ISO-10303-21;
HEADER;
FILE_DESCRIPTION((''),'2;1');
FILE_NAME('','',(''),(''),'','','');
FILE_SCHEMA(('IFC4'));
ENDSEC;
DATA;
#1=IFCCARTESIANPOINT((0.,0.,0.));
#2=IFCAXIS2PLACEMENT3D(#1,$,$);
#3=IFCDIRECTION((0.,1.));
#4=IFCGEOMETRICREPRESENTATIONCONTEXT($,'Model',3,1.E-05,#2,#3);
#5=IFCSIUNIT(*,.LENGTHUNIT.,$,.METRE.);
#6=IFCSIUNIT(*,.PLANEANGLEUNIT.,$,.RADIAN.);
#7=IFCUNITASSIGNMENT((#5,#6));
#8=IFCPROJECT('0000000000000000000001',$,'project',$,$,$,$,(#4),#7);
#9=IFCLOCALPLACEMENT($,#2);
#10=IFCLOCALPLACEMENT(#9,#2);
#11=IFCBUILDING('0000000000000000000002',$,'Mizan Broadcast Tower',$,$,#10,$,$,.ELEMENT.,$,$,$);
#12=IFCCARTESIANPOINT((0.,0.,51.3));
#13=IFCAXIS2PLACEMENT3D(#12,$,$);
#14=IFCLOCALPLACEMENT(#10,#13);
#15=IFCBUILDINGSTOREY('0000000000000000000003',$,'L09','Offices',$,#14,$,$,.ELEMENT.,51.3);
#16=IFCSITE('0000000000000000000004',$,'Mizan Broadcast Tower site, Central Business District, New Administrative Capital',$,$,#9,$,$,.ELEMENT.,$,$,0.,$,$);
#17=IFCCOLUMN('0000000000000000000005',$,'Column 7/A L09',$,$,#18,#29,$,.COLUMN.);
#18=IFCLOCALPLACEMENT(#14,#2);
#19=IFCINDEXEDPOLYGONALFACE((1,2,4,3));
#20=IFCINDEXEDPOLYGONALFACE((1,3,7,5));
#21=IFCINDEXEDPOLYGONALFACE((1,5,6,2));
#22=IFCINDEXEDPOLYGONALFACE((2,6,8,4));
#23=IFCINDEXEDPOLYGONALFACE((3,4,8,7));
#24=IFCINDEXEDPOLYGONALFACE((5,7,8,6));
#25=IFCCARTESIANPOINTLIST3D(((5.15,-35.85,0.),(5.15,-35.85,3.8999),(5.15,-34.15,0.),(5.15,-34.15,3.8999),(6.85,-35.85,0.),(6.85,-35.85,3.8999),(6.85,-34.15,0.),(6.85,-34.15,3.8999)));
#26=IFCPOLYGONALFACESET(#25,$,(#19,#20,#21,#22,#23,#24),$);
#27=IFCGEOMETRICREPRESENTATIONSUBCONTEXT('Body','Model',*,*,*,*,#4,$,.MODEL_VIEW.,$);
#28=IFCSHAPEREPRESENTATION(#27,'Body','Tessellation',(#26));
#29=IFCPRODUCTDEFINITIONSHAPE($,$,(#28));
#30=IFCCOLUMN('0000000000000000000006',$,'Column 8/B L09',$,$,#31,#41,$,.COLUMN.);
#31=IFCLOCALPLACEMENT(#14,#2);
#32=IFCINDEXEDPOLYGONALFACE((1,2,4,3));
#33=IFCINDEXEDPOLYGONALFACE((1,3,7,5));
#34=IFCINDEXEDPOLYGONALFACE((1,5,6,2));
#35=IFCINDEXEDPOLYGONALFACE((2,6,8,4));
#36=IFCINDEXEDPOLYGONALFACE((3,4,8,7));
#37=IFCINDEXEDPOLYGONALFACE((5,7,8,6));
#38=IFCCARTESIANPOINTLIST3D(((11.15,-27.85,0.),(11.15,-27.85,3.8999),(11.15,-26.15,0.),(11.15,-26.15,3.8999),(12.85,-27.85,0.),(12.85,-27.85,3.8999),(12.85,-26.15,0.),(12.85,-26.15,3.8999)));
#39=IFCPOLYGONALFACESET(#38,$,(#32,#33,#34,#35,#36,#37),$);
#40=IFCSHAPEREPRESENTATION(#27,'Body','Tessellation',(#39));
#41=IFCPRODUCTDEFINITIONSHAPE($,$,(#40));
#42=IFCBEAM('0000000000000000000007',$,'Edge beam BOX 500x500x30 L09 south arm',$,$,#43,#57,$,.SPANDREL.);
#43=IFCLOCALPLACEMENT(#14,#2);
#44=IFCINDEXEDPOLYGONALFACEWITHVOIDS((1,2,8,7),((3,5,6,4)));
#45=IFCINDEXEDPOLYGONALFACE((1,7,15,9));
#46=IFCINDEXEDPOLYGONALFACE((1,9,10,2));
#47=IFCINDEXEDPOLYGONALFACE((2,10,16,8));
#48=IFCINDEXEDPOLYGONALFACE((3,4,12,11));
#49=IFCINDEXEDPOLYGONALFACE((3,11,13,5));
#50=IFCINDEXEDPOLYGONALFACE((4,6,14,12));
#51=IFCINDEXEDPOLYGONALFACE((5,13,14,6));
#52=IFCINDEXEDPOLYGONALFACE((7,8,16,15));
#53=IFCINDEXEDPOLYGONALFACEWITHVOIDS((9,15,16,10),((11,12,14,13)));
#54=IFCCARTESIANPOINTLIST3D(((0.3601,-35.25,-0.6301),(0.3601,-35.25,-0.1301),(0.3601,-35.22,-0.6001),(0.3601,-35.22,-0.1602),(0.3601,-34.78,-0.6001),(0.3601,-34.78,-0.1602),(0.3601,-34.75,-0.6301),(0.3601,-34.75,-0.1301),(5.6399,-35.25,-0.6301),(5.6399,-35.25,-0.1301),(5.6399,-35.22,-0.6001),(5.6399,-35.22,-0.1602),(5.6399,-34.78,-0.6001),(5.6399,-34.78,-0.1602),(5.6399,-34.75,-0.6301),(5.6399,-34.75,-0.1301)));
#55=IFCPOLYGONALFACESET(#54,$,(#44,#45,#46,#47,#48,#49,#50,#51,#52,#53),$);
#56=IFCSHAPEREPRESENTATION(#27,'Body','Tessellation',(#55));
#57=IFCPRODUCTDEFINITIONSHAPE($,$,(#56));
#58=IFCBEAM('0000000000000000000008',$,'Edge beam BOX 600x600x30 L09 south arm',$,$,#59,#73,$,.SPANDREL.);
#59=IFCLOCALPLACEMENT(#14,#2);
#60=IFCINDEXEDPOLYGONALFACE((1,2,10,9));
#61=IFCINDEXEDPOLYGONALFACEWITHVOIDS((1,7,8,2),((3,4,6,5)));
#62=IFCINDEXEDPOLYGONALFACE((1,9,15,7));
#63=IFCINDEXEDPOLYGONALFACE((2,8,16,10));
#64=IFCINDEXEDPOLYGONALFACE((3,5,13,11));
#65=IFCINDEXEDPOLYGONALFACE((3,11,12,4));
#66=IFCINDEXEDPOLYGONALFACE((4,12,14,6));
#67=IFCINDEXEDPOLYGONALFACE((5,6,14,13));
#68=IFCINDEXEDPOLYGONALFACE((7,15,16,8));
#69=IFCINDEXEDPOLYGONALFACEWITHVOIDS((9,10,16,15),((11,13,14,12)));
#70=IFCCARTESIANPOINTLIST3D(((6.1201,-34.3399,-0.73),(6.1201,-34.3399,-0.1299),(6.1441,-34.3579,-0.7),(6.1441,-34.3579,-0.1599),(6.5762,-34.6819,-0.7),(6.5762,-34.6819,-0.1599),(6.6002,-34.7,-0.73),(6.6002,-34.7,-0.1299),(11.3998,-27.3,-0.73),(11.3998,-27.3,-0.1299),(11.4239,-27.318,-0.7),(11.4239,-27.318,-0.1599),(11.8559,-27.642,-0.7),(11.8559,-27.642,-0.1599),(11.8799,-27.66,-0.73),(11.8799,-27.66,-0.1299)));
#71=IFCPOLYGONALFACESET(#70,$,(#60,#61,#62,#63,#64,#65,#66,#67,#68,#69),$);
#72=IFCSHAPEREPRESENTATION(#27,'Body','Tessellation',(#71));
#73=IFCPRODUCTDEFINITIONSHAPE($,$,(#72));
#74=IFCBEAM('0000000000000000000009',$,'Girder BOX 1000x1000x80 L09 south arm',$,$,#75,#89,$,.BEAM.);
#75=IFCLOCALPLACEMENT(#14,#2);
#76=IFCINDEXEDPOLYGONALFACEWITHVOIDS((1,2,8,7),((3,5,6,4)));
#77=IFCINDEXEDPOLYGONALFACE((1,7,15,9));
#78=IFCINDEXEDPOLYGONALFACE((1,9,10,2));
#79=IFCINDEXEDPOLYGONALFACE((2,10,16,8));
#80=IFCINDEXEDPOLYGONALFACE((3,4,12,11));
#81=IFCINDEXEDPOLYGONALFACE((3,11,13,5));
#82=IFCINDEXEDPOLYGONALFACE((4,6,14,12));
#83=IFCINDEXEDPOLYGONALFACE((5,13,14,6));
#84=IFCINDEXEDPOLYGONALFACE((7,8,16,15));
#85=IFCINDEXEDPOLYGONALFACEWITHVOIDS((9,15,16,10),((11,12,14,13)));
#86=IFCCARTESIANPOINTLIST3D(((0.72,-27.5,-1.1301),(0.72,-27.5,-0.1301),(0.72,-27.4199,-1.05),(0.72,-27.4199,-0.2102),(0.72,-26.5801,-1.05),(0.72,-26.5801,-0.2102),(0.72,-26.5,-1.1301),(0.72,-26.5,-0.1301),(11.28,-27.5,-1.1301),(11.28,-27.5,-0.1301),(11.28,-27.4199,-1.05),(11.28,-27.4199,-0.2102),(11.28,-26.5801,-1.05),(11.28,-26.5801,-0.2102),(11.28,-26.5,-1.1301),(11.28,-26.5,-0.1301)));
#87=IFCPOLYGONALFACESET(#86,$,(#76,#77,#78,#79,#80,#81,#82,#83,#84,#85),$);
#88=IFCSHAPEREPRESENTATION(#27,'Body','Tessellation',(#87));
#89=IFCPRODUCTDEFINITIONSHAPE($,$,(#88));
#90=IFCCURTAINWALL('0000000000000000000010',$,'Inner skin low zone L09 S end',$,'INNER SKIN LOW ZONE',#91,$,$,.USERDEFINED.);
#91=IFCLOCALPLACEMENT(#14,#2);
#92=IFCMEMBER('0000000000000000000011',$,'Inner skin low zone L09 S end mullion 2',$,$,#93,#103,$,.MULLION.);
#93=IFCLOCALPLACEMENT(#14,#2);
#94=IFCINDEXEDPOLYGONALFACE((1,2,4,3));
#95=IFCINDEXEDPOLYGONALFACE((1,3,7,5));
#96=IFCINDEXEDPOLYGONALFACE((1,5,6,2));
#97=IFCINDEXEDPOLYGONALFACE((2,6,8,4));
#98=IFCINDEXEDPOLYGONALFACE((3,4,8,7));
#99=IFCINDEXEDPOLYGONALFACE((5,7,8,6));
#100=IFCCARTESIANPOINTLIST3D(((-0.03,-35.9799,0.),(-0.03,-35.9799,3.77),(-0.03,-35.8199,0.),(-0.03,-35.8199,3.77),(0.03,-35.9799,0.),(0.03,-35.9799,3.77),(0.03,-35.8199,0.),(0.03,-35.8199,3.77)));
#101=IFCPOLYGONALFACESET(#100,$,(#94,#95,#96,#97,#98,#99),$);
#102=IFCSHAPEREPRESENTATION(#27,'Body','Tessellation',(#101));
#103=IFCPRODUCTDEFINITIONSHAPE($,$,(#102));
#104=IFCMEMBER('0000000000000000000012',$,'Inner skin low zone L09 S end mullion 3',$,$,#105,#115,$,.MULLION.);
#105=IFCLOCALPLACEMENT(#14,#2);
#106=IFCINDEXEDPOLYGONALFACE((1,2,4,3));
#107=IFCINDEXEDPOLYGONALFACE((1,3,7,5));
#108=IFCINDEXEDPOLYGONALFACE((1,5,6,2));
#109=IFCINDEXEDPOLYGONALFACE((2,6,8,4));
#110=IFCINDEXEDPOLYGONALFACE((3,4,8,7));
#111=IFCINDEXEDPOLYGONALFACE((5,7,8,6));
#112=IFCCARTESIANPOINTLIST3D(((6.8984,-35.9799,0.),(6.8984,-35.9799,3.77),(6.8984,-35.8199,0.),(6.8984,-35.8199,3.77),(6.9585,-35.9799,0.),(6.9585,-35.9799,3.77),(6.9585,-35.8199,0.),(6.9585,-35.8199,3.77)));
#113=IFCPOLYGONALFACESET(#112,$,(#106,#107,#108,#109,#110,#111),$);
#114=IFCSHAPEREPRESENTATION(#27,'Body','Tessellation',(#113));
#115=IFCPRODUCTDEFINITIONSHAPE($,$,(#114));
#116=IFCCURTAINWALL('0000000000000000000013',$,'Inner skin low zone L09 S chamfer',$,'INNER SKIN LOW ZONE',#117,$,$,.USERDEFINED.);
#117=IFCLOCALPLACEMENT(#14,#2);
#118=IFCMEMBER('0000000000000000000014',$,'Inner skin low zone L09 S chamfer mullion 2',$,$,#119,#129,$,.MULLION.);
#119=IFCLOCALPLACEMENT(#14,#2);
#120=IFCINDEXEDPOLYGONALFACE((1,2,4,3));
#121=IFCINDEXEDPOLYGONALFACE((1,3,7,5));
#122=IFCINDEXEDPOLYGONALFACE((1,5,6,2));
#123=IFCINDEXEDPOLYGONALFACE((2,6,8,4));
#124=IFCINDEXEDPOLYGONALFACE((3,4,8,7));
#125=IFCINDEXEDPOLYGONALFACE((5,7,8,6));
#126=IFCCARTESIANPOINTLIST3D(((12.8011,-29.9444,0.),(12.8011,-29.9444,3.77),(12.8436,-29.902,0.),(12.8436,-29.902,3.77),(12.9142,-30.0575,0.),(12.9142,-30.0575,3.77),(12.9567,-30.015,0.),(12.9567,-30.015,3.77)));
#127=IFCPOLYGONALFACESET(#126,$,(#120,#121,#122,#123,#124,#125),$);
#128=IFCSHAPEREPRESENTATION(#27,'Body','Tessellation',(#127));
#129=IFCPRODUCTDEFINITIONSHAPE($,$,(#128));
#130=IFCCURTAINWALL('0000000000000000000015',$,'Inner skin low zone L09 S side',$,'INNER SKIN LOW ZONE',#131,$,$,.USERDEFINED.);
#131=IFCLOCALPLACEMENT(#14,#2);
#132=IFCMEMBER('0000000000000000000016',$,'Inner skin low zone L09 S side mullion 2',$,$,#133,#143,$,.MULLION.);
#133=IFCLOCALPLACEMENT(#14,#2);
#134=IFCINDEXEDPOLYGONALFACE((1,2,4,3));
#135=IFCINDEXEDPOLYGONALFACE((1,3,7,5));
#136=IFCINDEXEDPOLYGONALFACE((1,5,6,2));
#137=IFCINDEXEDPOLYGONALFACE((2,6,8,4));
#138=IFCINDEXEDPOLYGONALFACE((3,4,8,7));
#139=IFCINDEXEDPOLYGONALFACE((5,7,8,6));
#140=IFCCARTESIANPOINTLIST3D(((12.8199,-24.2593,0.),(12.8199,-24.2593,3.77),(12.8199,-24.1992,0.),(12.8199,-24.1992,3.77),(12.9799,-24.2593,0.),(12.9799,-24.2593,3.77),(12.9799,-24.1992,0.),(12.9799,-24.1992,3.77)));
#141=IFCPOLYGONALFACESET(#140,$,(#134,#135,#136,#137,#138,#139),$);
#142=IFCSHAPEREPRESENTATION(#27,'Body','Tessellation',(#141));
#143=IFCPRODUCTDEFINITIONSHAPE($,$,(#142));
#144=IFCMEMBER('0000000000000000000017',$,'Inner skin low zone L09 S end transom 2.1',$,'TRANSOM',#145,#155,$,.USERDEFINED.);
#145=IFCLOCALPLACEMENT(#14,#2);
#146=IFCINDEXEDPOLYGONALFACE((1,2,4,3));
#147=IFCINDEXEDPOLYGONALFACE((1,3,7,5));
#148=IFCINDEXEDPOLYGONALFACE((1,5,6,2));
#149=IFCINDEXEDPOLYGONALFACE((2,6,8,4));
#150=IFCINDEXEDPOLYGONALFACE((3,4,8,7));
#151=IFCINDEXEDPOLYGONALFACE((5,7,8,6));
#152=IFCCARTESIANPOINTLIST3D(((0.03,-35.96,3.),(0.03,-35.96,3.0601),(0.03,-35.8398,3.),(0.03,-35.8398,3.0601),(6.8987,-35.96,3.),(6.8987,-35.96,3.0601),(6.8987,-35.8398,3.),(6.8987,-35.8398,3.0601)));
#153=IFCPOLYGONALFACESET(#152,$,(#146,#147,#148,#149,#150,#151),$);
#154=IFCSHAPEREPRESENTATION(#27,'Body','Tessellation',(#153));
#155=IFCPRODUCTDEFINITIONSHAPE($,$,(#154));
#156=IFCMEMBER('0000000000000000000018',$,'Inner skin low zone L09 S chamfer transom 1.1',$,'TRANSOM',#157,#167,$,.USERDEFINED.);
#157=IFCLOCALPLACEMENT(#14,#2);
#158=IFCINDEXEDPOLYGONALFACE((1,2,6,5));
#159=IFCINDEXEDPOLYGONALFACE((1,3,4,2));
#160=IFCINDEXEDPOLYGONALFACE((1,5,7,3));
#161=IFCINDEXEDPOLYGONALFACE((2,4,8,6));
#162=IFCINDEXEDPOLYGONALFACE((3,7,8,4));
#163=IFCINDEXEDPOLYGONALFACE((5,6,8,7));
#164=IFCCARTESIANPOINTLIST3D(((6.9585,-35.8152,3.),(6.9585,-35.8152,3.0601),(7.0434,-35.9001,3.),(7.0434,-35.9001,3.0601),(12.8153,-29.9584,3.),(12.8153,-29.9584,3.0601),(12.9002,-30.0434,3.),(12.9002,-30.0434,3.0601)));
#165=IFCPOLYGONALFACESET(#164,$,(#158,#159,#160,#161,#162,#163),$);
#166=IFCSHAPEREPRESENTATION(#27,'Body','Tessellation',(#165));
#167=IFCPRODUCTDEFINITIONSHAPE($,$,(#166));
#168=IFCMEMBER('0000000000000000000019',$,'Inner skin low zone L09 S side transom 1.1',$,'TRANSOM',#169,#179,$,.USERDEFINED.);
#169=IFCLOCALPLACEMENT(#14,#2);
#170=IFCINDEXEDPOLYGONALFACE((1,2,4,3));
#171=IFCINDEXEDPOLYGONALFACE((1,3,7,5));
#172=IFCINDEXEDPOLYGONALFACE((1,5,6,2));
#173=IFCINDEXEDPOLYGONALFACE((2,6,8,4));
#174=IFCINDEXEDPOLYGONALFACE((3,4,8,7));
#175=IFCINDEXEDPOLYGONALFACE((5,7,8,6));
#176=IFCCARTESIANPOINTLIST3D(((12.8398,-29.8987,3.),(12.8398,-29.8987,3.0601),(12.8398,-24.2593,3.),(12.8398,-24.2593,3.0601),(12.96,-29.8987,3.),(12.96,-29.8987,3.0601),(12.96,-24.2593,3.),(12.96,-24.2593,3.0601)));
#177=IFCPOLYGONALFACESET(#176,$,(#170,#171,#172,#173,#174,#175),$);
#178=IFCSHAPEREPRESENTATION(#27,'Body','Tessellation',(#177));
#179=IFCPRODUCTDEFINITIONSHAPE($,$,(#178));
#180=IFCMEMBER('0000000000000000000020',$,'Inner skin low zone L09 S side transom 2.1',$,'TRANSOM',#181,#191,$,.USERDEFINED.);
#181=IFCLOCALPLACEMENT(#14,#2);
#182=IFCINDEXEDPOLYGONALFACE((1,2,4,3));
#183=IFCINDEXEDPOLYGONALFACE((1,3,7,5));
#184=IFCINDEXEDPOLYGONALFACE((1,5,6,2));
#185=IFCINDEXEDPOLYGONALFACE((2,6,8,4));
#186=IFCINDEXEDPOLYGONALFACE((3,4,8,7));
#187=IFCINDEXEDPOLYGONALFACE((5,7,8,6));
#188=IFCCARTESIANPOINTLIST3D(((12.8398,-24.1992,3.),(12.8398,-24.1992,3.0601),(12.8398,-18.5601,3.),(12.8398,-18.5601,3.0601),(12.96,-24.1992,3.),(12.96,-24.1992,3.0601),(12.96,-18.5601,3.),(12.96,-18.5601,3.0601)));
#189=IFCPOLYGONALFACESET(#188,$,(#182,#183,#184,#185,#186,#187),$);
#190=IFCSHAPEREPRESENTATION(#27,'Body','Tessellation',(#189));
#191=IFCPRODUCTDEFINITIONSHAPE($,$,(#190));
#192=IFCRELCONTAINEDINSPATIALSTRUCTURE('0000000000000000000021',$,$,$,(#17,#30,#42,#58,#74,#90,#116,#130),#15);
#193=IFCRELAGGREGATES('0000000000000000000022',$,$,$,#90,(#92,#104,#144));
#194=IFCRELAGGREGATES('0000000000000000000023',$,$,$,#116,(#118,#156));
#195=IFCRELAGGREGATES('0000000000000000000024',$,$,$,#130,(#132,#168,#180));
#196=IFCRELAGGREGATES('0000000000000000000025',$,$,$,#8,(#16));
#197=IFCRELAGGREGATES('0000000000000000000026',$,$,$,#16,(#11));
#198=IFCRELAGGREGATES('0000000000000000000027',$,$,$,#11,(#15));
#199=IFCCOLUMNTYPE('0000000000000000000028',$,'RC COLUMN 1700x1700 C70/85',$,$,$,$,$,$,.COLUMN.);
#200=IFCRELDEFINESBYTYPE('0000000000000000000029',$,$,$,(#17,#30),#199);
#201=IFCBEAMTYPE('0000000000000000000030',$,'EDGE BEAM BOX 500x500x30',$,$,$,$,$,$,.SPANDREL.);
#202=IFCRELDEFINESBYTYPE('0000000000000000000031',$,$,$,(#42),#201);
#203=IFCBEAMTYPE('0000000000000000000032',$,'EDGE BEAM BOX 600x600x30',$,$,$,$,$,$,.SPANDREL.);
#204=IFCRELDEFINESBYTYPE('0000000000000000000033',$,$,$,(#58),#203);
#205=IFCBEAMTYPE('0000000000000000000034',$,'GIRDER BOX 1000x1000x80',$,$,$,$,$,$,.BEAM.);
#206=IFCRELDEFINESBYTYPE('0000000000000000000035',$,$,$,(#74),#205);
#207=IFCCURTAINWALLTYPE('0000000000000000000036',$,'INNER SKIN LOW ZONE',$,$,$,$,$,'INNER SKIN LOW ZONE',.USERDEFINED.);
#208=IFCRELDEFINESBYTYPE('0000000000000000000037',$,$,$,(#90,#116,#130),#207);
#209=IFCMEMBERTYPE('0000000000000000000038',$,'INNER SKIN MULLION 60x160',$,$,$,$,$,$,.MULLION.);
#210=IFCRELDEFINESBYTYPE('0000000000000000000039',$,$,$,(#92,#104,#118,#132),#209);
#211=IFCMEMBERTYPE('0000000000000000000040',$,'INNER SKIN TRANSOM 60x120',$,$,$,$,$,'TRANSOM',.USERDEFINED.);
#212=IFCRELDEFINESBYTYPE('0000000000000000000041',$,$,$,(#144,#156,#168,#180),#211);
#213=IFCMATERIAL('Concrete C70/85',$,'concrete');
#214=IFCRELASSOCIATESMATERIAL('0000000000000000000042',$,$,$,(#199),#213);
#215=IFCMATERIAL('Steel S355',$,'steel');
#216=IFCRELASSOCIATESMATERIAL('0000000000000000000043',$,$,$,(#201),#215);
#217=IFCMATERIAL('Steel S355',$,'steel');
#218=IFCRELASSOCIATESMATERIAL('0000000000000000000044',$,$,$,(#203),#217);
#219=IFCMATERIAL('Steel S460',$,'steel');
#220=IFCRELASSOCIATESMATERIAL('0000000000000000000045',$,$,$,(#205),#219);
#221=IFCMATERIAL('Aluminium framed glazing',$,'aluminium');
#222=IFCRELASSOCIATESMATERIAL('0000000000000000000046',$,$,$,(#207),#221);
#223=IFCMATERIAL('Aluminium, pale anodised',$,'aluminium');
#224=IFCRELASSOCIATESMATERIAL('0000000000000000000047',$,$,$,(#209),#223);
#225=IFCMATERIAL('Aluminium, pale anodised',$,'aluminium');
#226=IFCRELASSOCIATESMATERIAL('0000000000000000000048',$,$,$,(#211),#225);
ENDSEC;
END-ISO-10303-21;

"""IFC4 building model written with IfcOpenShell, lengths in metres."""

from ifc_helpers import new_model, si_unit, direction, frame, origin, origin_2d, place, context, subcontext, project, spatial, rectangle, hollow_rectangle, extrude, material, material_profile, profile_set, type_object, element, aggregate, save


model = new_model("IFC4")

# Units and contexts
model_context = context("Model", 3, precision=1e-05, world=origin(), true_north=direction((0.0, 1.0)))
body_context = subcontext(model_context, "Body", "Model", "MODEL_VIEW")
ifc_project = project(units=[si_unit("LENGTHUNIT", "METRE"), si_unit("PLANEANGLEUNIT", "RADIAN")], contexts=[model_context])

# Site, building, storey
site_placement = place(None, origin())
site = spatial("IfcSite", under=ifc_project, at=site_placement, Name="Mizan Broadcast Tower site, Central Business District, New Administrative Capital", CompositionType="ELEMENT", RefElevation=0.0)
building_placement = place(site_placement, origin())
building = spatial("IfcBuilding", under=site, at=building_placement, Name="Mizan Broadcast Tower", CompositionType="ELEMENT")
storey_placement = place(building_placement, frame((0.0, 0.0, 51.3)))
storey = spatial("IfcBuildingStorey", under=building, at=storey_placement, Name="L09", Description="Offices", CompositionType="ELEMENT", Elevation=51.3)

# Columns
ifc_material_1 = material(Name="Concrete C70/85", Category="concrete")
ifc_material_profile_1 = material_profile(ifc_material_1, rectangle(XDim=1.7, YDim=1.7, at=origin_2d()), Name="RC 1700x1700")
ifc_profile_set_1 = profile_set([ifc_material_profile_1], Name="Concrete C70/85")
column_type = type_object("IfcColumnType", Name="RC COLUMN 1700x1700 C70/85", PredefinedType="COLUMN", material=ifc_profile_set_1)
for number, where, z_axis, x_axis, name in (
    (1, (6.0, -35.0, 0.0), (0.0, 0.0, 1.0), (1.0, 0.0, 0.0), "Column 7/A L09"),
    (2, (12.0, -27.0, 0.0), (0.0, 0.0, 1.0), (1.0, 0.0, 0.0), "Column 8/B L09"),
):
    element("IfcColumn", number, at=place(storey_placement, frame(where, z_axis=z_axis, x_axis=x_axis)), inside=storey, type_object=column_type, Name=name, PredefinedType="COLUMN", context=body_context, shape_type="SweptSolid", body=[
        extrude(rectangle(XDim=1.7, YDim=1.7, at=origin_2d()), origin(), (0.0, 0.0, 1.0), 3.8999),
    ])

# Beams
ifc_material_2 = material(Name="Steel S355", Category="steel")
ifc_material_profile_2 = material_profile(ifc_material_2, hollow_rectangle(XDim=0.5, YDim=0.5, WallThickness=0.03, at=origin_2d()), Name="BOX 500x500x30")
ifc_profile_set_2 = profile_set([ifc_material_profile_2], Name="Steel S355")
beam_type_1 = type_object("IfcBeamType", Name="EDGE BEAM BOX 500x500x30", PredefinedType="SPANDREL", material=ifc_profile_set_2)
beam_1_placement = place(storey_placement, frame((5.6399, -35.0, -0.3801), z_axis=(-1.0, 0.0, 0.0), x_axis=(0.0, -1.0, 0.0)))
element("IfcBeam", 3, at=beam_1_placement, inside=storey, type_object=beam_type_1, Name="Edge beam BOX 500x500x30 L09 south arm", PredefinedType="SPANDREL", context=body_context, shape_type="SweptSolid", body=[
    extrude(hollow_rectangle(XDim=0.5, YDim=0.5, WallThickness=0.03, at=origin_2d()), origin(), (0.0, 0.0, 1.0), 5.2798),
])
ifc_material_3 = material(Name="Steel S355", Category="steel")
ifc_material_profile_3 = material_profile(ifc_material_3, hollow_rectangle(XDim=0.6001, YDim=0.6001, WallThickness=0.03, at=origin_2d()), Name="BOX 600x600x30")
ifc_profile_set_3 = profile_set([ifc_material_profile_3], Name="Steel S355")
beam_type_2 = type_object("IfcBeamType", Name="EDGE BEAM BOX 600x600x30", PredefinedType="SPANDREL", material=ifc_profile_set_3)
beam_2_placement = place(storey_placement, frame((11.6399, -27.48, -0.4299), z_axis=(-0.599982, -0.800013, 0.0), x_axis=(0.800013, -0.599982, 0.0)))
element("IfcBeam", 4, at=beam_2_placement, inside=storey, type_object=beam_type_2, Name="Edge beam BOX 600x600x30 L09 south arm", PredefinedType="SPANDREL", context=body_context, shape_type="SweptSolid", body=[
    extrude(hollow_rectangle(XDim=0.6001, YDim=0.6001, WallThickness=0.03, at=origin_2d()), origin(), (0.0, 0.0, 1.0), 8.7998),
])
ifc_material_4 = material(Name="Steel S460", Category="steel")
ifc_material_profile_4 = material_profile(ifc_material_4, hollow_rectangle(XDim=1.0, YDim=1.0, WallThickness=0.0801, at=origin_2d()), Name="BOX 1000x1000x80")
ifc_profile_set_4 = profile_set([ifc_material_profile_4], Name="Steel S460")
beam_type_3 = type_object("IfcBeamType", Name="GIRDER BOX 1000x1000x80", PredefinedType="BEAM", material=ifc_profile_set_4)
beam_3_placement = place(storey_placement, frame((11.28, -27.0, -0.6301), z_axis=(-1.0, 0.0, 0.0), x_axis=(0.0, -1.0, 0.0)))
element("IfcBeam", 5, at=beam_3_placement, inside=storey, type_object=beam_type_3, Name="Girder BOX 1000x1000x80 L09 south arm", PredefinedType="BEAM", context=body_context, shape_type="SweptSolid", body=[
    extrude(hollow_rectangle(XDim=1.0, YDim=1.0, WallThickness=0.0801, at=origin_2d()), origin(), (0.0, 0.0, 1.0), 10.5601),
])

# Curtain wall, members
ifc_material_5 = material(Name="Aluminium framed glazing", Category="aluminium")
curtain_wall_type_1 = type_object("IfcCurtainWallType", Name="INNER SKIN LOW ZONE", ElementType="INNER SKIN LOW ZONE", PredefinedType="USERDEFINED", material=ifc_material_5)
curtain_wall_1_placement = place(storey_placement, origin())
curtain_wall_1 = element("IfcCurtainWall", 6, at=curtain_wall_1_placement, inside=storey, type_object=curtain_wall_type_1, Name="Inner skin low zone L09 S end", ObjectType="INNER SKIN LOW ZONE", PredefinedType="USERDEFINED")
ifc_material_6 = material(Name="Aluminium, pale anodised", Category="aluminium")
ifc_material_profile_5 = material_profile(ifc_material_6, rectangle(XDim=0.1599, YDim=0.0601, at=origin_2d()), Name="MULLION 160x60")
ifc_profile_set_5 = profile_set([ifc_material_profile_5], Name="Aluminium, pale anodised")
member_type_1 = type_object("IfcMemberType", Name="INNER SKIN MULLION 60x160", PredefinedType="MULLION", material=ifc_profile_set_5)
member_1_placement = place(storey_placement, frame((0.0, -35.8999, 0.0), z_axis=(0.0, 0.0, 1.0), x_axis=(0.0, 1.0, 0.0)))
member_1 = element("IfcMember", 7, at=member_1_placement, type_object=member_type_1, Name="Inner skin low zone L09 S end mullion 2", PredefinedType="MULLION", context=body_context, shape_type="SweptSolid", body=[
    extrude(rectangle(XDim=0.1599, YDim=0.0601, at=origin_2d()), origin(), (0.0, 0.0, 1.0), 3.77),
])
member_2_placement = place(storey_placement, frame((6.9285, -35.8999, 0.0), z_axis=(0.0, 0.0, 1.0), x_axis=(0.0, 1.0, 0.0)))
member_2 = element("IfcMember", 8, at=member_2_placement, type_object=member_type_1, Name="Inner skin low zone L09 S end mullion 3", PredefinedType="MULLION", context=body_context, shape_type="SweptSolid", body=[
    extrude(rectangle(XDim=0.1599, YDim=0.0601, at=origin_2d()), origin(), (0.0, 0.0, 1.0), 3.77),
])

# Curtain walls, members
curtain_wall_2_placement = place(storey_placement, origin())
curtain_wall_2 = element("IfcCurtainWall", 9, at=curtain_wall_2_placement, inside=storey, type_object=curtain_wall_type_1, Name="Inner skin low zone L09 S chamfer", ObjectType="INNER SKIN LOW ZONE", PredefinedType="USERDEFINED")
member_3_placement = place(storey_placement, frame((12.8789, -29.9797, 0.0), z_axis=(0.0, 0.0, 1.0), x_axis=(-0.707107, 0.707107, 0.0)))
member_3 = element("IfcMember", 10, at=member_3_placement, type_object=member_type_1, Name="Inner skin low zone L09 S chamfer mullion 2", PredefinedType="MULLION", context=body_context, shape_type="SweptSolid", body=[
    extrude(rectangle(XDim=0.1599, YDim=0.0601, at=origin_2d()), origin(), (0.0, 0.0, 1.0), 3.77),
])
curtain_wall_3_placement = place(storey_placement, origin())
curtain_wall_3 = element("IfcCurtainWall", 11, at=curtain_wall_3_placement, inside=storey, type_object=curtain_wall_type_1, Name="Inner skin low zone L09 S side", ObjectType="INNER SKIN LOW ZONE", PredefinedType="USERDEFINED")
member_4_placement = place(storey_placement, frame((12.8999, -24.2292, 0.0), z_axis=(0.0, 0.0, 1.0), x_axis=(-1.0, 0.0, 0.0)))
member_4 = element("IfcMember", 12, at=member_4_placement, type_object=member_type_1, Name="Inner skin low zone L09 S side mullion 2", PredefinedType="MULLION", context=body_context, shape_type="SweptSolid", body=[
    extrude(rectangle(XDim=0.1599, YDim=0.0601, at=origin_2d()), origin(), (0.0, 0.0, 1.0), 3.77),
])

# Members
ifc_material_7 = material(Name="Aluminium, pale anodised", Category="aluminium")
ifc_material_profile_6 = material_profile(ifc_material_7, rectangle(XDim=0.1201, YDim=0.0601, at=origin_2d()), Name="TRANSOM 120x60")
ifc_profile_set_6 = profile_set([ifc_material_profile_6], Name="Aluminium, pale anodised")
member_type_2 = type_object("IfcMemberType", Name="INNER SKIN TRANSOM 60x120", ElementType="TRANSOM", PredefinedType="USERDEFINED", material=ifc_profile_set_6)
member_5_placement = place(storey_placement, frame((0.03, -35.8999, 3.03), z_axis=(1.0, 0.0, 0.0), x_axis=(0.0, 1.0, 0.0)))
member_5 = element("IfcMember", 13, at=member_5_placement, type_object=member_type_2, Name="Inner skin low zone L09 S end transom 2.1", ObjectType="TRANSOM", PredefinedType="USERDEFINED", context=body_context, shape_type="SweptSolid", body=[
    extrude(rectangle(XDim=0.1201, YDim=0.0601, at=origin_2d()), origin(), (0.0, 0.0, 1.0), 6.8687),
])
member_6_placement = place(storey_placement, frame((7.001, -35.8577, 3.03), z_axis=(0.707107, 0.707107, 0.0), x_axis=(-0.707107, 0.707107, 0.0)))
member_6 = element("IfcMember", 14, at=member_6_placement, type_object=member_type_2, Name="Inner skin low zone L09 S chamfer transom 1.1", ObjectType="TRANSOM", PredefinedType="USERDEFINED", context=body_context, shape_type="SweptSolid", body=[
    extrude(rectangle(XDim=0.1201, YDim=0.0601, at=origin_2d()), origin(), (0.0, 0.0, 1.0), 8.2827),
])
member_7_placement = place(storey_placement, frame((12.8999, -29.8987, 3.03), z_axis=(0.0, 1.0, 0.0), x_axis=(-1.0, 0.0, 0.0)))
member_7 = element("IfcMember", 15, at=member_7_placement, type_object=member_type_2, Name="Inner skin low zone L09 S side transom 1.1", ObjectType="TRANSOM", PredefinedType="USERDEFINED", context=body_context, shape_type="SweptSolid", body=[
    extrude(rectangle(XDim=0.1201, YDim=0.0601, at=origin_2d()), origin(), (0.0, 0.0, 1.0), 5.6394),
])
member_8_placement = place(storey_placement, frame((12.8999, -24.1992, 3.03), z_axis=(0.0, 1.0, 0.0), x_axis=(-1.0, 0.0, 0.0)))
member_8 = element("IfcMember", 16, at=member_8_placement, type_object=member_type_2, Name="Inner skin low zone L09 S side transom 2.1", ObjectType="TRANSOM", PredefinedType="USERDEFINED", context=body_context, shape_type="SweptSolid", body=[
    extrude(rectangle(XDim=0.1201, YDim=0.0601, at=origin_2d()), origin(), (0.0, 0.0, 1.0), 5.6392),
])

aggregate(curtain_wall_1, [member_1, member_2, member_5])
aggregate(curtain_wall_2, [member_3, member_6])
aggregate(curtain_wall_3, [member_4, member_7, member_8])

save(model, "model.ifc")
